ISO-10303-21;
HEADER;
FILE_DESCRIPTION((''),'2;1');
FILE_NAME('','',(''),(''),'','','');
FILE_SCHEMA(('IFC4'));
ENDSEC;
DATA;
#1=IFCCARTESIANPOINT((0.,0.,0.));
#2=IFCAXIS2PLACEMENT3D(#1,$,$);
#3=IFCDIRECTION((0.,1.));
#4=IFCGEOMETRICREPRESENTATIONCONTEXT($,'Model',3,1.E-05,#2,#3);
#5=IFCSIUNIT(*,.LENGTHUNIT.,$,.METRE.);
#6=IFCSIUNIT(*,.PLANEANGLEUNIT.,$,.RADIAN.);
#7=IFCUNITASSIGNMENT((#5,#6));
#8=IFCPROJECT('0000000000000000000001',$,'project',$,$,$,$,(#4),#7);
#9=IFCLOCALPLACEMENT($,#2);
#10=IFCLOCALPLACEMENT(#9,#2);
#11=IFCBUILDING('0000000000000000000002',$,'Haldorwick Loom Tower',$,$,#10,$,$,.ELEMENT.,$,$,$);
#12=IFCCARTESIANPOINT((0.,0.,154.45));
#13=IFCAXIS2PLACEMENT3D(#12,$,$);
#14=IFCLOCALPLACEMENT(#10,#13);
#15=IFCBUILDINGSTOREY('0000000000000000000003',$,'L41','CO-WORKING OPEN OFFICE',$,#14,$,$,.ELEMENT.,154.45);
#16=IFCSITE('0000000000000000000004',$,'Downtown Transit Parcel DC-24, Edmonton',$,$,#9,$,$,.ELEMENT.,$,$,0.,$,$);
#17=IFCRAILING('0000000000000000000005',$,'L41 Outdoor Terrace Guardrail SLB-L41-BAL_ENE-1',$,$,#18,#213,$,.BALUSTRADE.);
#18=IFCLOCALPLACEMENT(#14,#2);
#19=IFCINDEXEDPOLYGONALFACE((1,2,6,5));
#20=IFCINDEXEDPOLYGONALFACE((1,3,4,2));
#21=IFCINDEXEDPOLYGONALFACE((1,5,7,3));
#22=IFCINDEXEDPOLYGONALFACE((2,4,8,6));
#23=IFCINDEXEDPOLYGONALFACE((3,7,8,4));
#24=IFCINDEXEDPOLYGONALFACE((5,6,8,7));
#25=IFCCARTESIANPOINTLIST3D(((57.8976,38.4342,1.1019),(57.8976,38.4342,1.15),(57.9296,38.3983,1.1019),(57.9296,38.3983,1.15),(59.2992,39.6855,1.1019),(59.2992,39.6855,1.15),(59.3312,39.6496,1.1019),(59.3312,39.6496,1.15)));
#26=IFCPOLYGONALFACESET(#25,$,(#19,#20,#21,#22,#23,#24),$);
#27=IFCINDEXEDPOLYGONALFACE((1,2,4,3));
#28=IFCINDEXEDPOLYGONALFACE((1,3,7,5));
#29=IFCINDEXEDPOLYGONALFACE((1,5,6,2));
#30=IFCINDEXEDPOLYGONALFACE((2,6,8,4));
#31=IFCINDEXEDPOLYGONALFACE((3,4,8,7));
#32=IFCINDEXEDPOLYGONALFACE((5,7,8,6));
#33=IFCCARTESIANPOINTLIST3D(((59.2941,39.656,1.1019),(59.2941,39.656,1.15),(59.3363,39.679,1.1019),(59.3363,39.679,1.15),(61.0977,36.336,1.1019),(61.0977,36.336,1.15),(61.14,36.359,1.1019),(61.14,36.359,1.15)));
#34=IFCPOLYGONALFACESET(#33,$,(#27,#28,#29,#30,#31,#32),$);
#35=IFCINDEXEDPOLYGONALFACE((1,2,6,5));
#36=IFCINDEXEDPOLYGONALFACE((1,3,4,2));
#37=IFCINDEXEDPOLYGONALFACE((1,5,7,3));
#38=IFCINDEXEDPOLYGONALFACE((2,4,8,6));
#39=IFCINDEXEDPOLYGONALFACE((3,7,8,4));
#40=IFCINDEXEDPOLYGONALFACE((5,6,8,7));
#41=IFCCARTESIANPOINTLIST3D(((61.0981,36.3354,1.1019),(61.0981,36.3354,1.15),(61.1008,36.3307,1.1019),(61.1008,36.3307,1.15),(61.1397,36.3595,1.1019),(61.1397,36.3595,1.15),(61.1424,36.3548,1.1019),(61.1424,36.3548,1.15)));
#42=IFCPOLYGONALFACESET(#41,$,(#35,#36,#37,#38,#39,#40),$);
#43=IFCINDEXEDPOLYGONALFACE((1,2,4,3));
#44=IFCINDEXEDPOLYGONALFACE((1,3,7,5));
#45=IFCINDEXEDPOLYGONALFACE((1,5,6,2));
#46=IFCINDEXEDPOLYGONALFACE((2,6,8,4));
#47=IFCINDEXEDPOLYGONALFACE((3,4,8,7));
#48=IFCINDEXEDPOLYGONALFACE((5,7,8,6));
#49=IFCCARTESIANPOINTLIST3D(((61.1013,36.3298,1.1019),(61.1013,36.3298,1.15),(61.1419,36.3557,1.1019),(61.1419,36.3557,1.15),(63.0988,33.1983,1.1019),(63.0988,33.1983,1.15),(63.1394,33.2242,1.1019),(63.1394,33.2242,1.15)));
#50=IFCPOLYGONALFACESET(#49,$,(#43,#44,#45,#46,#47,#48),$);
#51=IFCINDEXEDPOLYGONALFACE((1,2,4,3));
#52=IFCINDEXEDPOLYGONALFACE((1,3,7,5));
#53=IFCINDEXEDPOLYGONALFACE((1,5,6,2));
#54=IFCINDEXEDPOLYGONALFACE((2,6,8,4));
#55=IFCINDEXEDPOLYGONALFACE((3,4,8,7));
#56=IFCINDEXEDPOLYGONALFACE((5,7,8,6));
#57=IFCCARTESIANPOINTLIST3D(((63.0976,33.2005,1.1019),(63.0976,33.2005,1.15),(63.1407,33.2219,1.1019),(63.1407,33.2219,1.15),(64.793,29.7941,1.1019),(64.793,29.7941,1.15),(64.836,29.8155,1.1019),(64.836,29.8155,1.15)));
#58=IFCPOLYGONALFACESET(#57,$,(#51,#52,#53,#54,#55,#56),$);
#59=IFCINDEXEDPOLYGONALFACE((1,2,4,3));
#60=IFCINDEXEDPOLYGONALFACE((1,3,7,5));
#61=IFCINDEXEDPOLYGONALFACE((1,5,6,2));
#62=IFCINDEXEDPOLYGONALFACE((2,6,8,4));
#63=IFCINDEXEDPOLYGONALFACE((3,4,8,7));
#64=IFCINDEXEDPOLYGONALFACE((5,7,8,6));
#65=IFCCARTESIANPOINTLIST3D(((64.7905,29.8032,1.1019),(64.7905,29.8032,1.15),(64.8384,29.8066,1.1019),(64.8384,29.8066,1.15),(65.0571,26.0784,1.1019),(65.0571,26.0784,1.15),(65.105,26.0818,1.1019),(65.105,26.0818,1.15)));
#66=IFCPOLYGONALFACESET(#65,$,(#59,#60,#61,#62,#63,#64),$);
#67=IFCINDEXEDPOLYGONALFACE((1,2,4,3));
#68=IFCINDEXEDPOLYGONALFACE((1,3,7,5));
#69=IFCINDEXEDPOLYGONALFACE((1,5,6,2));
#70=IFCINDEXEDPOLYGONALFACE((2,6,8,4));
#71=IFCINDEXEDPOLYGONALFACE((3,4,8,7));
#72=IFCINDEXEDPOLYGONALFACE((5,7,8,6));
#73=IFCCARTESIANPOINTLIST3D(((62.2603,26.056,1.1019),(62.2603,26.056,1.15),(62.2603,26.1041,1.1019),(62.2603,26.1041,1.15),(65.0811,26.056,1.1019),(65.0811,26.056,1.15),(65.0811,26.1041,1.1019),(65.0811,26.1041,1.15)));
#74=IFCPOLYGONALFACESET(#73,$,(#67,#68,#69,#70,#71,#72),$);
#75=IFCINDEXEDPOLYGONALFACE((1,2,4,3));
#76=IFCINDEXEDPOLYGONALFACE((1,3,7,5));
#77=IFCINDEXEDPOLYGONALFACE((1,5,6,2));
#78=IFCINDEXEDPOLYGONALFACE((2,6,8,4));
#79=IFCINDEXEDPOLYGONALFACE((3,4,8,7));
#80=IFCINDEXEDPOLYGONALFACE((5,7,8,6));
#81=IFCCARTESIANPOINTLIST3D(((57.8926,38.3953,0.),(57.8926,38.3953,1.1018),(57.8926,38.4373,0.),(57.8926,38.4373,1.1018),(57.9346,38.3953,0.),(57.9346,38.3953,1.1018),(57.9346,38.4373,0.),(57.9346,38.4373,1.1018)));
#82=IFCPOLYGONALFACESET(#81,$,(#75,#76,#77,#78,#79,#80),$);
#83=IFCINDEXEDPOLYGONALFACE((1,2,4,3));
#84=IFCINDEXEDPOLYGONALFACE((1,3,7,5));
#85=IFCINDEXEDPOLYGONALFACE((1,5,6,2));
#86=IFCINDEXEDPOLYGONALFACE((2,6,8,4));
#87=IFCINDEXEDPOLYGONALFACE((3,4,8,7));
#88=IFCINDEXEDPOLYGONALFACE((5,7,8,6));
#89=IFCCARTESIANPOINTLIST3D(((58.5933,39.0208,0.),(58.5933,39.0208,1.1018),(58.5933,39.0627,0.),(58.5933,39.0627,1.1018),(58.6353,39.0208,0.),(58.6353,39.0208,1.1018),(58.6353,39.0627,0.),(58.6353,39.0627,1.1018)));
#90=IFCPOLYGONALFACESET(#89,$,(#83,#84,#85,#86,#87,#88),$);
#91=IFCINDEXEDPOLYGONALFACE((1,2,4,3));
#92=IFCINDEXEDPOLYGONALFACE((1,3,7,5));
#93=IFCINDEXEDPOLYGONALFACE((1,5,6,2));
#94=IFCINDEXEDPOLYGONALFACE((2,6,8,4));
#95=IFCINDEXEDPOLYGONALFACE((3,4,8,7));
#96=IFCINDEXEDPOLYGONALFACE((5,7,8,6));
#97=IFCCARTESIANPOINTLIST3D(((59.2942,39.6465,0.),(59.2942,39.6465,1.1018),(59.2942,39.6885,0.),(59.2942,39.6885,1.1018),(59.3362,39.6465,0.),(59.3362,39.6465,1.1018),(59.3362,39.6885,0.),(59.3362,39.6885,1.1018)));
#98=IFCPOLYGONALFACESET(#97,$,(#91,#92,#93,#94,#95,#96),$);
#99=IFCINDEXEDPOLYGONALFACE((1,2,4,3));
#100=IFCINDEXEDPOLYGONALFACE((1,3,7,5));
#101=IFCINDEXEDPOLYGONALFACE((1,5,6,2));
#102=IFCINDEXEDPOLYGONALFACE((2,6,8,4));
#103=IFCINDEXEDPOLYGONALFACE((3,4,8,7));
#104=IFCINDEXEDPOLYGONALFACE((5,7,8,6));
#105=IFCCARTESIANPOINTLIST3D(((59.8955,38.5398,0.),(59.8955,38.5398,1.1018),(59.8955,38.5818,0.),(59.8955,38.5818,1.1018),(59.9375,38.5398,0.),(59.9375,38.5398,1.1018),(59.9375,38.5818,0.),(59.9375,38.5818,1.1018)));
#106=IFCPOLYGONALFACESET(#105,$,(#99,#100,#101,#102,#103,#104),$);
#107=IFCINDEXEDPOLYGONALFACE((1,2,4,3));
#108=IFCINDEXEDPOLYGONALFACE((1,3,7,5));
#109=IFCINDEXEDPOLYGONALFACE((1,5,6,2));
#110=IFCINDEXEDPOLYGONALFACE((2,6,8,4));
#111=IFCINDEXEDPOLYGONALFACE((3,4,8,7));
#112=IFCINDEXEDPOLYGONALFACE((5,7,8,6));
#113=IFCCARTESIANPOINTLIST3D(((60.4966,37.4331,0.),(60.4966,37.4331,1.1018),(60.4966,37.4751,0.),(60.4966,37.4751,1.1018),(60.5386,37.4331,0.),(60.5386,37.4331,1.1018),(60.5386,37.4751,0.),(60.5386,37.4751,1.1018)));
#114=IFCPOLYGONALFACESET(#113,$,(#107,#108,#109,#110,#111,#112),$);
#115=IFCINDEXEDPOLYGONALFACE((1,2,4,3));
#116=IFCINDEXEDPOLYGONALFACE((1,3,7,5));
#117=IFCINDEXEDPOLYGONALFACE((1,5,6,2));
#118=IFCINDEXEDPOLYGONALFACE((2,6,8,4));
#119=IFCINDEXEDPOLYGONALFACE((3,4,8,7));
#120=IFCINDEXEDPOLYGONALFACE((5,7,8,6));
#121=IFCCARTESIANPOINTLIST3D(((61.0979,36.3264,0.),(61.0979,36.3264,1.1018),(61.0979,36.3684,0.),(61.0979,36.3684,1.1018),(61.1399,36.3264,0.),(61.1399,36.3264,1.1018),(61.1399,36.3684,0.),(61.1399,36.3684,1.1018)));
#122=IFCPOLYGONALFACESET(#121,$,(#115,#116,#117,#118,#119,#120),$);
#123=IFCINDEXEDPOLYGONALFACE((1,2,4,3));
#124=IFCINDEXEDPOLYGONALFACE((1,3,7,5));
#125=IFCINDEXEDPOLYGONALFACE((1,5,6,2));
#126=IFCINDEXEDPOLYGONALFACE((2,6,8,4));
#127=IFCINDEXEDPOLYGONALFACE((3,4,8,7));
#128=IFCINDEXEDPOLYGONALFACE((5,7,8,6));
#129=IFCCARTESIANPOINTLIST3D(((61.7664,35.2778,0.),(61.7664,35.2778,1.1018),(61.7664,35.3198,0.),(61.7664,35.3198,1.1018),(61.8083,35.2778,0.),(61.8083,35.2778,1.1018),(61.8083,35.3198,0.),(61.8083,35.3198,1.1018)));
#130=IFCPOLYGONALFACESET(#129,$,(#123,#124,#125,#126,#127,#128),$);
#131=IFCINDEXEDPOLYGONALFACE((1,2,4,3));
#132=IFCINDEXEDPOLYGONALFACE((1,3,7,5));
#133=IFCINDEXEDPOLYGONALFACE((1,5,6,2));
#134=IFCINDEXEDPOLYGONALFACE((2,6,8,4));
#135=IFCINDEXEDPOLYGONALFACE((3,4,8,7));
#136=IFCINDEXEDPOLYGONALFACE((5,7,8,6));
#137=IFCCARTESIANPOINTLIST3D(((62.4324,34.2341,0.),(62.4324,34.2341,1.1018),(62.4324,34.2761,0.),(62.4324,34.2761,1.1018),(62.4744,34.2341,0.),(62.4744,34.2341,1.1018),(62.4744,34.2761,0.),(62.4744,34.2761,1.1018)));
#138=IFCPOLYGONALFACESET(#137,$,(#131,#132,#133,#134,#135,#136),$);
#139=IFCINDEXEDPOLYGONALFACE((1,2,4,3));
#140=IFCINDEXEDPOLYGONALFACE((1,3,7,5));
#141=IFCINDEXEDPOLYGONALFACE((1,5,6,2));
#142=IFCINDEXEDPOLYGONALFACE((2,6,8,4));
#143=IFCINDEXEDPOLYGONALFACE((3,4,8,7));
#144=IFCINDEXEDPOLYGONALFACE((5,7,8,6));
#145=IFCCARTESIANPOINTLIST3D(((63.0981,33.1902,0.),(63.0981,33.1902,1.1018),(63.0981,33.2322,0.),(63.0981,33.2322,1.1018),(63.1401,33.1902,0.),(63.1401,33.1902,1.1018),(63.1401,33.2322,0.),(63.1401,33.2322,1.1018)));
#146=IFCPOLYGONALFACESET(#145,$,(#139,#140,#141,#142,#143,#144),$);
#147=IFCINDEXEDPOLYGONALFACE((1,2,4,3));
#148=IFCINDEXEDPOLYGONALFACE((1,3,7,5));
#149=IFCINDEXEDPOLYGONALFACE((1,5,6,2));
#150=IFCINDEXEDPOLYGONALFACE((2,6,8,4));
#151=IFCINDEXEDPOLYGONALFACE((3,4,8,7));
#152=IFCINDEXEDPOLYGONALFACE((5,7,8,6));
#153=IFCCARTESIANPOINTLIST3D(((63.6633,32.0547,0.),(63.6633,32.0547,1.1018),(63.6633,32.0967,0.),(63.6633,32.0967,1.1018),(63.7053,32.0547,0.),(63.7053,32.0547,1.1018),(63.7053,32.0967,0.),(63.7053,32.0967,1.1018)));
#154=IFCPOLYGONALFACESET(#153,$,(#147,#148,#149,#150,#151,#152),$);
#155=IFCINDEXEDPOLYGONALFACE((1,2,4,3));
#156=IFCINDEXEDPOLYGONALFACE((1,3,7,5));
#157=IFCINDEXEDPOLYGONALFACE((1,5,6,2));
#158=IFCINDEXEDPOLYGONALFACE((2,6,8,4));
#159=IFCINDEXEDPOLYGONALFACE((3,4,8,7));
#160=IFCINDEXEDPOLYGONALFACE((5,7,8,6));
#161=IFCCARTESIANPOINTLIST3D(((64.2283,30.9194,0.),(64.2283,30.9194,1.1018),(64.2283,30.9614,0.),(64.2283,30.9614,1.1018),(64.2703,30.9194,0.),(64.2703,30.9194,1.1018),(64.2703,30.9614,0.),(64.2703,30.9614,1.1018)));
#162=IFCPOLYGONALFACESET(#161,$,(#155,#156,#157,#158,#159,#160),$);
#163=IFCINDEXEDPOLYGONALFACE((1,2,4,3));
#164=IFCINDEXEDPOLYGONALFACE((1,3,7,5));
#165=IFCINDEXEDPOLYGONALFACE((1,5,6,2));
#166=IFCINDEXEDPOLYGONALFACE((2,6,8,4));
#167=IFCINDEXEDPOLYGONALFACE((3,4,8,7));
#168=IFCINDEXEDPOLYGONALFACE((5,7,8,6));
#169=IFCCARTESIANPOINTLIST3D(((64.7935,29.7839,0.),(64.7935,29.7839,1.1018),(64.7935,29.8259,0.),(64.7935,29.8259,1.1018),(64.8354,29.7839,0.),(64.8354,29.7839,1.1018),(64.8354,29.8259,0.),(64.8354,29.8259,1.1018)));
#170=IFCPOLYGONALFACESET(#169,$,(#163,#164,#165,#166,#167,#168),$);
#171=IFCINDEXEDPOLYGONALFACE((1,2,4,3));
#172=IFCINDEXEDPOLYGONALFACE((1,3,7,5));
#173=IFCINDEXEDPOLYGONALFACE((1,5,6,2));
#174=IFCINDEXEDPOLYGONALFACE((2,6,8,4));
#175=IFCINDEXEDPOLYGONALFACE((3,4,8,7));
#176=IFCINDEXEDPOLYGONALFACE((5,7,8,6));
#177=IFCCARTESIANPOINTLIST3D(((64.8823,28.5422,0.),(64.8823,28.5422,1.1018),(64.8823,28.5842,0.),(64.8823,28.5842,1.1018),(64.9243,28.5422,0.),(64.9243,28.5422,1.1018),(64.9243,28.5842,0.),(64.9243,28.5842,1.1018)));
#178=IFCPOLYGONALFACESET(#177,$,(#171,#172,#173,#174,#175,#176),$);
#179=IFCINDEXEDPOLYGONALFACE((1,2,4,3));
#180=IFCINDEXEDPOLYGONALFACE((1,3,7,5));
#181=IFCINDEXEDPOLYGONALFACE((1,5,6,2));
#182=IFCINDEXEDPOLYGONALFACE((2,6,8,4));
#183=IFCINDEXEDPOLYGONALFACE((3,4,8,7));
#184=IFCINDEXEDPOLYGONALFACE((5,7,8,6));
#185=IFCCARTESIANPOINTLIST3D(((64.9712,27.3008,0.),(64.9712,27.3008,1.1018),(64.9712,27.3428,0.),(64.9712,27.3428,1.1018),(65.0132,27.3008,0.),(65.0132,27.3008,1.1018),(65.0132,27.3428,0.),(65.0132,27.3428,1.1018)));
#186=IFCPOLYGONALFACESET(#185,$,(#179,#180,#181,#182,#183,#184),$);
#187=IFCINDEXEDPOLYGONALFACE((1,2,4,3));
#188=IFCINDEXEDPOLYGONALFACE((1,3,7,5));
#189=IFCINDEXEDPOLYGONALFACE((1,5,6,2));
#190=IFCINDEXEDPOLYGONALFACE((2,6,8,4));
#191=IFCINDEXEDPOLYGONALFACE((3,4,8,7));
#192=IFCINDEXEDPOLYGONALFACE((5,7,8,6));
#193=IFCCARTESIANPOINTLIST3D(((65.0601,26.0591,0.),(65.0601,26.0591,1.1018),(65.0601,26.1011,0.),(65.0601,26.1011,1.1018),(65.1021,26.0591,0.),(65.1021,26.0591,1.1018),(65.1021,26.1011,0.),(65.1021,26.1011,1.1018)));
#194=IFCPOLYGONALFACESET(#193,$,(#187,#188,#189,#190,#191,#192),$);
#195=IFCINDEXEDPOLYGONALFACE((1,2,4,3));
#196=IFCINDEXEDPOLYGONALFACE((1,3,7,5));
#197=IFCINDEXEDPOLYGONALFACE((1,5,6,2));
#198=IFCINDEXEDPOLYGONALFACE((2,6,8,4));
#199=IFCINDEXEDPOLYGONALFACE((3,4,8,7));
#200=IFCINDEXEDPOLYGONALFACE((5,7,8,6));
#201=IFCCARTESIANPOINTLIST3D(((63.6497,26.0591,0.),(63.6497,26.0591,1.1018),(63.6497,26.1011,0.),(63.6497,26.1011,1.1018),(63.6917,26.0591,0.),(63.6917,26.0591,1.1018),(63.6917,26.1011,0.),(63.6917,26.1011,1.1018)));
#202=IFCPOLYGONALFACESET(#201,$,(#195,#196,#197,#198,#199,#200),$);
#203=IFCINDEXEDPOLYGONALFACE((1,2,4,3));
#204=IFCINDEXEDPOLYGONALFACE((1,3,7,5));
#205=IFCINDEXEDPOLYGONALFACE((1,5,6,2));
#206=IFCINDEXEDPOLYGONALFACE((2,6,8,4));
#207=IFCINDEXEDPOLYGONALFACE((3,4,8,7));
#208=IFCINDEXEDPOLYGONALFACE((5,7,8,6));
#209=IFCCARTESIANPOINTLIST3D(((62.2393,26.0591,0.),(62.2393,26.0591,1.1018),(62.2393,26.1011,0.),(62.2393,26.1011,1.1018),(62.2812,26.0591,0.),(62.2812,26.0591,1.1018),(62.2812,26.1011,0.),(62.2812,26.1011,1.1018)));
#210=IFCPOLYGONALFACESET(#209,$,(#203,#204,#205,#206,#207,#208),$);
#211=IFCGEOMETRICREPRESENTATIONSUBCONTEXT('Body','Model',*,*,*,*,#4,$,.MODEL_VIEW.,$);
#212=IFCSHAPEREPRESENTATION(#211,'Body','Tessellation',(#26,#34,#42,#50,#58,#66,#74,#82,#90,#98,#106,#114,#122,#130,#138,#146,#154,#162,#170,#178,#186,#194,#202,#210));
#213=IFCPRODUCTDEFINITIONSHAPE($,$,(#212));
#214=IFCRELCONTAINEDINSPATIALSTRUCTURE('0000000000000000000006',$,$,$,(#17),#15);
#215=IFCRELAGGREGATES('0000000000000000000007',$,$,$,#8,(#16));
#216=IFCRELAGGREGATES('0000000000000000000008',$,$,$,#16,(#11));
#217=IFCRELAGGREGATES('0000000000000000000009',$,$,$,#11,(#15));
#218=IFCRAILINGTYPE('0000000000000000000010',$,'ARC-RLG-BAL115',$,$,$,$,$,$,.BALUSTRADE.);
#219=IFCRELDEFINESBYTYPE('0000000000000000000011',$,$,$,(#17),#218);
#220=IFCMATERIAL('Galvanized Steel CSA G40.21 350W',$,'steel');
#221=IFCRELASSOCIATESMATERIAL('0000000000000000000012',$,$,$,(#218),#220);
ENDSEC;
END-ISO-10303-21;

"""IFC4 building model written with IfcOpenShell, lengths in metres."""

from ifc_helpers import new_model, si_unit, direction, frame, origin, origin_2d, place, context, subcontext, project, spatial, rectangle, extrude, material, type_object, element, save


model = new_model("IFC4")

# Units and contexts
model_context = context("Model", 3, precision=1e-05, world=origin(), true_north=direction((0.0, 1.0)))
body_context = subcontext(model_context, "Body", "Model", "MODEL_VIEW")
ifc_project = project(units=[si_unit("LENGTHUNIT", "METRE"), si_unit("PLANEANGLEUNIT", "RADIAN")], contexts=[model_context])

# Site, building, storey
site_placement = place(None, origin())
site = spatial("IfcSite", under=ifc_project, at=site_placement, Name="Downtown Transit Parcel DC-24, Edmonton", CompositionType="ELEMENT", RefElevation=0.0)
building_placement = place(site_placement, origin())
building = spatial("IfcBuilding", under=site, at=building_placement, Name="Haldorwick Loom Tower", CompositionType="ELEMENT")
storey_placement = place(building_placement, frame((0.0, 0.0, 154.45)))
storey = spatial("IfcBuildingStorey", under=building, at=storey_placement, Name="L41", Description="CO-WORKING OPEN OFFICE", CompositionType="ELEMENT", Elevation=154.45)

# Railing
ifc_material_1 = material(Name="Galvanized Steel CSA G40.21 350W", Category="steel")
railing_type_1 = type_object("IfcRailingType", Name="ARC-RLG-BAL115", PredefinedType="BALUSTRADE", material=ifc_material_1)
railing_1_placement = place(storey_placement, frame((57.9136, 38.4163, 0.0)))
element("IfcRailing", 1, at=railing_1_placement, inside=storey, type_object=railing_type_1, Name="L41 Outdoor Terrace Guardrail SLB-L41-BAL_ENE-1", PredefinedType="BALUSTRADE", context=body_context, shape_type="SweptSolid", body=[
    extrude(rectangle(XDim=0.0481, YDim=0.0481, at=origin_2d()), frame((0.0, 0.0, 1.126), z_axis=(0.745995, 0.665951, 0.0), x_axis=(-0.665951, 0.745995, 0.0)), (0.0, 0.0, 1.0), 1.8789),
    extrude(rectangle(XDim=0.0481, YDim=0.0481, at=origin_2d()), frame((1.4016, 1.2512, 1.126), z_axis=(0.477376, -0.878699, 0.0), x_axis=(0.878699, 0.477376, 0.0)), (0.0, 0.0, 1.0), 3.7783),
    extrude(rectangle(XDim=0.0481, YDim=0.0481, at=origin_2d()), frame((3.2053, -2.0688, 1.126), z_axis=(0.501036, -0.865426, 0.0), x_axis=(0.865426, 0.501036, 0.0)), (0.0, 0.0, 1.0), 0.0054),
    extrude(rectangle(XDim=0.0481, YDim=0.0481, at=origin_2d()), frame((3.208, -2.0735, 1.126), z_axis=(0.537781, -0.843085, 0.0), x_axis=(0.843085, 0.537781, 0.0)), (0.0, 0.0, 1.0), 3.7144),
    extrude(rectangle(XDim=0.0481, YDim=0.0481, at=origin_2d()), frame((5.2056, -5.2051, 1.126), z_axis=(0.44557, -0.895247, 0.0), x_axis=(0.895247, 0.44557, 0.0)), (0.0, 0.0, 1.0), 3.8049),
    extrude(rectangle(XDim=0.0481, YDim=0.0481, at=origin_2d()), frame((6.9009, -8.6113, 1.126), z_axis=(0.071391, -0.997448, 0.0), x_axis=(0.997448, 0.071391, 0.0)), (0.0, 0.0, 1.0), 3.7344),
    extrude(rectangle(XDim=0.0481, YDim=0.0481, at=origin_2d()), frame((7.1675, -12.3362, 1.126), z_axis=(-1.0, 0.0, 0.0), x_axis=(0.0, -1.0, 0.0)), (0.0, 0.0, 1.0), 2.8208),
    extrude(rectangle(XDim=0.042, YDim=0.042, at=origin_2d()), origin(), (0.0, 0.0, 1.0), 1.1018),
    extrude(rectangle(XDim=0.042, YDim=0.042, at=origin_2d()), frame((0.7007, 0.6255, 0.0)), (0.0, 0.0, 1.0), 1.1018),
    extrude(rectangle(XDim=0.042, YDim=0.042, at=origin_2d()), frame((1.4016, 1.2512, 0.0)), (0.0, 0.0, 1.0), 1.1018),
    extrude(rectangle(XDim=0.042, YDim=0.042, at=origin_2d()), frame((2.0029, 0.1445, 0.0)), (0.0, 0.0, 1.0), 1.1018),
    extrude(rectangle(XDim=0.042, YDim=0.042, at=origin_2d()), frame((2.604, -0.9622, 0.0)), (0.0, 0.0, 1.0), 1.1018),
    extrude(rectangle(XDim=0.042, YDim=0.042, at=origin_2d()), frame((3.2053, -2.0688, 0.0)), (0.0, 0.0, 1.0), 1.1018),
    extrude(rectangle(XDim=0.042, YDim=0.042, at=origin_2d()), frame((3.8738, -3.1174, 0.0)), (0.0, 0.0, 1.0), 1.1018),
    extrude(rectangle(XDim=0.042, YDim=0.042, at=origin_2d()), frame((4.5398, -4.1611, 0.0)), (0.0, 0.0, 1.0), 1.1018),
    extrude(rectangle(XDim=0.042, YDim=0.042, at=origin_2d()), frame((5.2056, -5.2051, 0.0)), (0.0, 0.0, 1.0), 1.1018),
    extrude(rectangle(XDim=0.042, YDim=0.042, at=origin_2d()), frame((5.7708, -6.3406, 0.0)), (0.0, 0.0, 1.0), 1.1018),
    extrude(rectangle(XDim=0.042, YDim=0.042, at=origin_2d()), frame((6.3357, -7.4758, 0.0)), (0.0, 0.0, 1.0), 1.1018),
    extrude(rectangle(XDim=0.042, YDim=0.042, at=origin_2d()), frame((6.9009, -8.6113, 0.0)), (0.0, 0.0, 1.0), 1.1018),
    extrude(rectangle(XDim=0.042, YDim=0.042, at=origin_2d()), frame((6.9897, -9.853, 0.0)), (0.0, 0.0, 1.0), 1.1018),
    extrude(rectangle(XDim=0.042, YDim=0.042, at=origin_2d()), frame((7.0786, -11.0945, 0.0)), (0.0, 0.0, 1.0), 1.1018),
    extrude(rectangle(XDim=0.042, YDim=0.042, at=origin_2d()), frame((7.1675, -12.3362, 0.0)), (0.0, 0.0, 1.0), 1.1018),
    extrude(rectangle(XDim=0.042, YDim=0.042, at=origin_2d()), frame((5.7571, -12.3362, 0.0)), (0.0, 0.0, 1.0), 1.1018),
    extrude(rectangle(XDim=0.042, YDim=0.042, at=origin_2d()), frame((4.3467, -12.3362, 0.0)), (0.0, 0.0, 1.0), 1.1018),
])

save(model, "model.ifc")
